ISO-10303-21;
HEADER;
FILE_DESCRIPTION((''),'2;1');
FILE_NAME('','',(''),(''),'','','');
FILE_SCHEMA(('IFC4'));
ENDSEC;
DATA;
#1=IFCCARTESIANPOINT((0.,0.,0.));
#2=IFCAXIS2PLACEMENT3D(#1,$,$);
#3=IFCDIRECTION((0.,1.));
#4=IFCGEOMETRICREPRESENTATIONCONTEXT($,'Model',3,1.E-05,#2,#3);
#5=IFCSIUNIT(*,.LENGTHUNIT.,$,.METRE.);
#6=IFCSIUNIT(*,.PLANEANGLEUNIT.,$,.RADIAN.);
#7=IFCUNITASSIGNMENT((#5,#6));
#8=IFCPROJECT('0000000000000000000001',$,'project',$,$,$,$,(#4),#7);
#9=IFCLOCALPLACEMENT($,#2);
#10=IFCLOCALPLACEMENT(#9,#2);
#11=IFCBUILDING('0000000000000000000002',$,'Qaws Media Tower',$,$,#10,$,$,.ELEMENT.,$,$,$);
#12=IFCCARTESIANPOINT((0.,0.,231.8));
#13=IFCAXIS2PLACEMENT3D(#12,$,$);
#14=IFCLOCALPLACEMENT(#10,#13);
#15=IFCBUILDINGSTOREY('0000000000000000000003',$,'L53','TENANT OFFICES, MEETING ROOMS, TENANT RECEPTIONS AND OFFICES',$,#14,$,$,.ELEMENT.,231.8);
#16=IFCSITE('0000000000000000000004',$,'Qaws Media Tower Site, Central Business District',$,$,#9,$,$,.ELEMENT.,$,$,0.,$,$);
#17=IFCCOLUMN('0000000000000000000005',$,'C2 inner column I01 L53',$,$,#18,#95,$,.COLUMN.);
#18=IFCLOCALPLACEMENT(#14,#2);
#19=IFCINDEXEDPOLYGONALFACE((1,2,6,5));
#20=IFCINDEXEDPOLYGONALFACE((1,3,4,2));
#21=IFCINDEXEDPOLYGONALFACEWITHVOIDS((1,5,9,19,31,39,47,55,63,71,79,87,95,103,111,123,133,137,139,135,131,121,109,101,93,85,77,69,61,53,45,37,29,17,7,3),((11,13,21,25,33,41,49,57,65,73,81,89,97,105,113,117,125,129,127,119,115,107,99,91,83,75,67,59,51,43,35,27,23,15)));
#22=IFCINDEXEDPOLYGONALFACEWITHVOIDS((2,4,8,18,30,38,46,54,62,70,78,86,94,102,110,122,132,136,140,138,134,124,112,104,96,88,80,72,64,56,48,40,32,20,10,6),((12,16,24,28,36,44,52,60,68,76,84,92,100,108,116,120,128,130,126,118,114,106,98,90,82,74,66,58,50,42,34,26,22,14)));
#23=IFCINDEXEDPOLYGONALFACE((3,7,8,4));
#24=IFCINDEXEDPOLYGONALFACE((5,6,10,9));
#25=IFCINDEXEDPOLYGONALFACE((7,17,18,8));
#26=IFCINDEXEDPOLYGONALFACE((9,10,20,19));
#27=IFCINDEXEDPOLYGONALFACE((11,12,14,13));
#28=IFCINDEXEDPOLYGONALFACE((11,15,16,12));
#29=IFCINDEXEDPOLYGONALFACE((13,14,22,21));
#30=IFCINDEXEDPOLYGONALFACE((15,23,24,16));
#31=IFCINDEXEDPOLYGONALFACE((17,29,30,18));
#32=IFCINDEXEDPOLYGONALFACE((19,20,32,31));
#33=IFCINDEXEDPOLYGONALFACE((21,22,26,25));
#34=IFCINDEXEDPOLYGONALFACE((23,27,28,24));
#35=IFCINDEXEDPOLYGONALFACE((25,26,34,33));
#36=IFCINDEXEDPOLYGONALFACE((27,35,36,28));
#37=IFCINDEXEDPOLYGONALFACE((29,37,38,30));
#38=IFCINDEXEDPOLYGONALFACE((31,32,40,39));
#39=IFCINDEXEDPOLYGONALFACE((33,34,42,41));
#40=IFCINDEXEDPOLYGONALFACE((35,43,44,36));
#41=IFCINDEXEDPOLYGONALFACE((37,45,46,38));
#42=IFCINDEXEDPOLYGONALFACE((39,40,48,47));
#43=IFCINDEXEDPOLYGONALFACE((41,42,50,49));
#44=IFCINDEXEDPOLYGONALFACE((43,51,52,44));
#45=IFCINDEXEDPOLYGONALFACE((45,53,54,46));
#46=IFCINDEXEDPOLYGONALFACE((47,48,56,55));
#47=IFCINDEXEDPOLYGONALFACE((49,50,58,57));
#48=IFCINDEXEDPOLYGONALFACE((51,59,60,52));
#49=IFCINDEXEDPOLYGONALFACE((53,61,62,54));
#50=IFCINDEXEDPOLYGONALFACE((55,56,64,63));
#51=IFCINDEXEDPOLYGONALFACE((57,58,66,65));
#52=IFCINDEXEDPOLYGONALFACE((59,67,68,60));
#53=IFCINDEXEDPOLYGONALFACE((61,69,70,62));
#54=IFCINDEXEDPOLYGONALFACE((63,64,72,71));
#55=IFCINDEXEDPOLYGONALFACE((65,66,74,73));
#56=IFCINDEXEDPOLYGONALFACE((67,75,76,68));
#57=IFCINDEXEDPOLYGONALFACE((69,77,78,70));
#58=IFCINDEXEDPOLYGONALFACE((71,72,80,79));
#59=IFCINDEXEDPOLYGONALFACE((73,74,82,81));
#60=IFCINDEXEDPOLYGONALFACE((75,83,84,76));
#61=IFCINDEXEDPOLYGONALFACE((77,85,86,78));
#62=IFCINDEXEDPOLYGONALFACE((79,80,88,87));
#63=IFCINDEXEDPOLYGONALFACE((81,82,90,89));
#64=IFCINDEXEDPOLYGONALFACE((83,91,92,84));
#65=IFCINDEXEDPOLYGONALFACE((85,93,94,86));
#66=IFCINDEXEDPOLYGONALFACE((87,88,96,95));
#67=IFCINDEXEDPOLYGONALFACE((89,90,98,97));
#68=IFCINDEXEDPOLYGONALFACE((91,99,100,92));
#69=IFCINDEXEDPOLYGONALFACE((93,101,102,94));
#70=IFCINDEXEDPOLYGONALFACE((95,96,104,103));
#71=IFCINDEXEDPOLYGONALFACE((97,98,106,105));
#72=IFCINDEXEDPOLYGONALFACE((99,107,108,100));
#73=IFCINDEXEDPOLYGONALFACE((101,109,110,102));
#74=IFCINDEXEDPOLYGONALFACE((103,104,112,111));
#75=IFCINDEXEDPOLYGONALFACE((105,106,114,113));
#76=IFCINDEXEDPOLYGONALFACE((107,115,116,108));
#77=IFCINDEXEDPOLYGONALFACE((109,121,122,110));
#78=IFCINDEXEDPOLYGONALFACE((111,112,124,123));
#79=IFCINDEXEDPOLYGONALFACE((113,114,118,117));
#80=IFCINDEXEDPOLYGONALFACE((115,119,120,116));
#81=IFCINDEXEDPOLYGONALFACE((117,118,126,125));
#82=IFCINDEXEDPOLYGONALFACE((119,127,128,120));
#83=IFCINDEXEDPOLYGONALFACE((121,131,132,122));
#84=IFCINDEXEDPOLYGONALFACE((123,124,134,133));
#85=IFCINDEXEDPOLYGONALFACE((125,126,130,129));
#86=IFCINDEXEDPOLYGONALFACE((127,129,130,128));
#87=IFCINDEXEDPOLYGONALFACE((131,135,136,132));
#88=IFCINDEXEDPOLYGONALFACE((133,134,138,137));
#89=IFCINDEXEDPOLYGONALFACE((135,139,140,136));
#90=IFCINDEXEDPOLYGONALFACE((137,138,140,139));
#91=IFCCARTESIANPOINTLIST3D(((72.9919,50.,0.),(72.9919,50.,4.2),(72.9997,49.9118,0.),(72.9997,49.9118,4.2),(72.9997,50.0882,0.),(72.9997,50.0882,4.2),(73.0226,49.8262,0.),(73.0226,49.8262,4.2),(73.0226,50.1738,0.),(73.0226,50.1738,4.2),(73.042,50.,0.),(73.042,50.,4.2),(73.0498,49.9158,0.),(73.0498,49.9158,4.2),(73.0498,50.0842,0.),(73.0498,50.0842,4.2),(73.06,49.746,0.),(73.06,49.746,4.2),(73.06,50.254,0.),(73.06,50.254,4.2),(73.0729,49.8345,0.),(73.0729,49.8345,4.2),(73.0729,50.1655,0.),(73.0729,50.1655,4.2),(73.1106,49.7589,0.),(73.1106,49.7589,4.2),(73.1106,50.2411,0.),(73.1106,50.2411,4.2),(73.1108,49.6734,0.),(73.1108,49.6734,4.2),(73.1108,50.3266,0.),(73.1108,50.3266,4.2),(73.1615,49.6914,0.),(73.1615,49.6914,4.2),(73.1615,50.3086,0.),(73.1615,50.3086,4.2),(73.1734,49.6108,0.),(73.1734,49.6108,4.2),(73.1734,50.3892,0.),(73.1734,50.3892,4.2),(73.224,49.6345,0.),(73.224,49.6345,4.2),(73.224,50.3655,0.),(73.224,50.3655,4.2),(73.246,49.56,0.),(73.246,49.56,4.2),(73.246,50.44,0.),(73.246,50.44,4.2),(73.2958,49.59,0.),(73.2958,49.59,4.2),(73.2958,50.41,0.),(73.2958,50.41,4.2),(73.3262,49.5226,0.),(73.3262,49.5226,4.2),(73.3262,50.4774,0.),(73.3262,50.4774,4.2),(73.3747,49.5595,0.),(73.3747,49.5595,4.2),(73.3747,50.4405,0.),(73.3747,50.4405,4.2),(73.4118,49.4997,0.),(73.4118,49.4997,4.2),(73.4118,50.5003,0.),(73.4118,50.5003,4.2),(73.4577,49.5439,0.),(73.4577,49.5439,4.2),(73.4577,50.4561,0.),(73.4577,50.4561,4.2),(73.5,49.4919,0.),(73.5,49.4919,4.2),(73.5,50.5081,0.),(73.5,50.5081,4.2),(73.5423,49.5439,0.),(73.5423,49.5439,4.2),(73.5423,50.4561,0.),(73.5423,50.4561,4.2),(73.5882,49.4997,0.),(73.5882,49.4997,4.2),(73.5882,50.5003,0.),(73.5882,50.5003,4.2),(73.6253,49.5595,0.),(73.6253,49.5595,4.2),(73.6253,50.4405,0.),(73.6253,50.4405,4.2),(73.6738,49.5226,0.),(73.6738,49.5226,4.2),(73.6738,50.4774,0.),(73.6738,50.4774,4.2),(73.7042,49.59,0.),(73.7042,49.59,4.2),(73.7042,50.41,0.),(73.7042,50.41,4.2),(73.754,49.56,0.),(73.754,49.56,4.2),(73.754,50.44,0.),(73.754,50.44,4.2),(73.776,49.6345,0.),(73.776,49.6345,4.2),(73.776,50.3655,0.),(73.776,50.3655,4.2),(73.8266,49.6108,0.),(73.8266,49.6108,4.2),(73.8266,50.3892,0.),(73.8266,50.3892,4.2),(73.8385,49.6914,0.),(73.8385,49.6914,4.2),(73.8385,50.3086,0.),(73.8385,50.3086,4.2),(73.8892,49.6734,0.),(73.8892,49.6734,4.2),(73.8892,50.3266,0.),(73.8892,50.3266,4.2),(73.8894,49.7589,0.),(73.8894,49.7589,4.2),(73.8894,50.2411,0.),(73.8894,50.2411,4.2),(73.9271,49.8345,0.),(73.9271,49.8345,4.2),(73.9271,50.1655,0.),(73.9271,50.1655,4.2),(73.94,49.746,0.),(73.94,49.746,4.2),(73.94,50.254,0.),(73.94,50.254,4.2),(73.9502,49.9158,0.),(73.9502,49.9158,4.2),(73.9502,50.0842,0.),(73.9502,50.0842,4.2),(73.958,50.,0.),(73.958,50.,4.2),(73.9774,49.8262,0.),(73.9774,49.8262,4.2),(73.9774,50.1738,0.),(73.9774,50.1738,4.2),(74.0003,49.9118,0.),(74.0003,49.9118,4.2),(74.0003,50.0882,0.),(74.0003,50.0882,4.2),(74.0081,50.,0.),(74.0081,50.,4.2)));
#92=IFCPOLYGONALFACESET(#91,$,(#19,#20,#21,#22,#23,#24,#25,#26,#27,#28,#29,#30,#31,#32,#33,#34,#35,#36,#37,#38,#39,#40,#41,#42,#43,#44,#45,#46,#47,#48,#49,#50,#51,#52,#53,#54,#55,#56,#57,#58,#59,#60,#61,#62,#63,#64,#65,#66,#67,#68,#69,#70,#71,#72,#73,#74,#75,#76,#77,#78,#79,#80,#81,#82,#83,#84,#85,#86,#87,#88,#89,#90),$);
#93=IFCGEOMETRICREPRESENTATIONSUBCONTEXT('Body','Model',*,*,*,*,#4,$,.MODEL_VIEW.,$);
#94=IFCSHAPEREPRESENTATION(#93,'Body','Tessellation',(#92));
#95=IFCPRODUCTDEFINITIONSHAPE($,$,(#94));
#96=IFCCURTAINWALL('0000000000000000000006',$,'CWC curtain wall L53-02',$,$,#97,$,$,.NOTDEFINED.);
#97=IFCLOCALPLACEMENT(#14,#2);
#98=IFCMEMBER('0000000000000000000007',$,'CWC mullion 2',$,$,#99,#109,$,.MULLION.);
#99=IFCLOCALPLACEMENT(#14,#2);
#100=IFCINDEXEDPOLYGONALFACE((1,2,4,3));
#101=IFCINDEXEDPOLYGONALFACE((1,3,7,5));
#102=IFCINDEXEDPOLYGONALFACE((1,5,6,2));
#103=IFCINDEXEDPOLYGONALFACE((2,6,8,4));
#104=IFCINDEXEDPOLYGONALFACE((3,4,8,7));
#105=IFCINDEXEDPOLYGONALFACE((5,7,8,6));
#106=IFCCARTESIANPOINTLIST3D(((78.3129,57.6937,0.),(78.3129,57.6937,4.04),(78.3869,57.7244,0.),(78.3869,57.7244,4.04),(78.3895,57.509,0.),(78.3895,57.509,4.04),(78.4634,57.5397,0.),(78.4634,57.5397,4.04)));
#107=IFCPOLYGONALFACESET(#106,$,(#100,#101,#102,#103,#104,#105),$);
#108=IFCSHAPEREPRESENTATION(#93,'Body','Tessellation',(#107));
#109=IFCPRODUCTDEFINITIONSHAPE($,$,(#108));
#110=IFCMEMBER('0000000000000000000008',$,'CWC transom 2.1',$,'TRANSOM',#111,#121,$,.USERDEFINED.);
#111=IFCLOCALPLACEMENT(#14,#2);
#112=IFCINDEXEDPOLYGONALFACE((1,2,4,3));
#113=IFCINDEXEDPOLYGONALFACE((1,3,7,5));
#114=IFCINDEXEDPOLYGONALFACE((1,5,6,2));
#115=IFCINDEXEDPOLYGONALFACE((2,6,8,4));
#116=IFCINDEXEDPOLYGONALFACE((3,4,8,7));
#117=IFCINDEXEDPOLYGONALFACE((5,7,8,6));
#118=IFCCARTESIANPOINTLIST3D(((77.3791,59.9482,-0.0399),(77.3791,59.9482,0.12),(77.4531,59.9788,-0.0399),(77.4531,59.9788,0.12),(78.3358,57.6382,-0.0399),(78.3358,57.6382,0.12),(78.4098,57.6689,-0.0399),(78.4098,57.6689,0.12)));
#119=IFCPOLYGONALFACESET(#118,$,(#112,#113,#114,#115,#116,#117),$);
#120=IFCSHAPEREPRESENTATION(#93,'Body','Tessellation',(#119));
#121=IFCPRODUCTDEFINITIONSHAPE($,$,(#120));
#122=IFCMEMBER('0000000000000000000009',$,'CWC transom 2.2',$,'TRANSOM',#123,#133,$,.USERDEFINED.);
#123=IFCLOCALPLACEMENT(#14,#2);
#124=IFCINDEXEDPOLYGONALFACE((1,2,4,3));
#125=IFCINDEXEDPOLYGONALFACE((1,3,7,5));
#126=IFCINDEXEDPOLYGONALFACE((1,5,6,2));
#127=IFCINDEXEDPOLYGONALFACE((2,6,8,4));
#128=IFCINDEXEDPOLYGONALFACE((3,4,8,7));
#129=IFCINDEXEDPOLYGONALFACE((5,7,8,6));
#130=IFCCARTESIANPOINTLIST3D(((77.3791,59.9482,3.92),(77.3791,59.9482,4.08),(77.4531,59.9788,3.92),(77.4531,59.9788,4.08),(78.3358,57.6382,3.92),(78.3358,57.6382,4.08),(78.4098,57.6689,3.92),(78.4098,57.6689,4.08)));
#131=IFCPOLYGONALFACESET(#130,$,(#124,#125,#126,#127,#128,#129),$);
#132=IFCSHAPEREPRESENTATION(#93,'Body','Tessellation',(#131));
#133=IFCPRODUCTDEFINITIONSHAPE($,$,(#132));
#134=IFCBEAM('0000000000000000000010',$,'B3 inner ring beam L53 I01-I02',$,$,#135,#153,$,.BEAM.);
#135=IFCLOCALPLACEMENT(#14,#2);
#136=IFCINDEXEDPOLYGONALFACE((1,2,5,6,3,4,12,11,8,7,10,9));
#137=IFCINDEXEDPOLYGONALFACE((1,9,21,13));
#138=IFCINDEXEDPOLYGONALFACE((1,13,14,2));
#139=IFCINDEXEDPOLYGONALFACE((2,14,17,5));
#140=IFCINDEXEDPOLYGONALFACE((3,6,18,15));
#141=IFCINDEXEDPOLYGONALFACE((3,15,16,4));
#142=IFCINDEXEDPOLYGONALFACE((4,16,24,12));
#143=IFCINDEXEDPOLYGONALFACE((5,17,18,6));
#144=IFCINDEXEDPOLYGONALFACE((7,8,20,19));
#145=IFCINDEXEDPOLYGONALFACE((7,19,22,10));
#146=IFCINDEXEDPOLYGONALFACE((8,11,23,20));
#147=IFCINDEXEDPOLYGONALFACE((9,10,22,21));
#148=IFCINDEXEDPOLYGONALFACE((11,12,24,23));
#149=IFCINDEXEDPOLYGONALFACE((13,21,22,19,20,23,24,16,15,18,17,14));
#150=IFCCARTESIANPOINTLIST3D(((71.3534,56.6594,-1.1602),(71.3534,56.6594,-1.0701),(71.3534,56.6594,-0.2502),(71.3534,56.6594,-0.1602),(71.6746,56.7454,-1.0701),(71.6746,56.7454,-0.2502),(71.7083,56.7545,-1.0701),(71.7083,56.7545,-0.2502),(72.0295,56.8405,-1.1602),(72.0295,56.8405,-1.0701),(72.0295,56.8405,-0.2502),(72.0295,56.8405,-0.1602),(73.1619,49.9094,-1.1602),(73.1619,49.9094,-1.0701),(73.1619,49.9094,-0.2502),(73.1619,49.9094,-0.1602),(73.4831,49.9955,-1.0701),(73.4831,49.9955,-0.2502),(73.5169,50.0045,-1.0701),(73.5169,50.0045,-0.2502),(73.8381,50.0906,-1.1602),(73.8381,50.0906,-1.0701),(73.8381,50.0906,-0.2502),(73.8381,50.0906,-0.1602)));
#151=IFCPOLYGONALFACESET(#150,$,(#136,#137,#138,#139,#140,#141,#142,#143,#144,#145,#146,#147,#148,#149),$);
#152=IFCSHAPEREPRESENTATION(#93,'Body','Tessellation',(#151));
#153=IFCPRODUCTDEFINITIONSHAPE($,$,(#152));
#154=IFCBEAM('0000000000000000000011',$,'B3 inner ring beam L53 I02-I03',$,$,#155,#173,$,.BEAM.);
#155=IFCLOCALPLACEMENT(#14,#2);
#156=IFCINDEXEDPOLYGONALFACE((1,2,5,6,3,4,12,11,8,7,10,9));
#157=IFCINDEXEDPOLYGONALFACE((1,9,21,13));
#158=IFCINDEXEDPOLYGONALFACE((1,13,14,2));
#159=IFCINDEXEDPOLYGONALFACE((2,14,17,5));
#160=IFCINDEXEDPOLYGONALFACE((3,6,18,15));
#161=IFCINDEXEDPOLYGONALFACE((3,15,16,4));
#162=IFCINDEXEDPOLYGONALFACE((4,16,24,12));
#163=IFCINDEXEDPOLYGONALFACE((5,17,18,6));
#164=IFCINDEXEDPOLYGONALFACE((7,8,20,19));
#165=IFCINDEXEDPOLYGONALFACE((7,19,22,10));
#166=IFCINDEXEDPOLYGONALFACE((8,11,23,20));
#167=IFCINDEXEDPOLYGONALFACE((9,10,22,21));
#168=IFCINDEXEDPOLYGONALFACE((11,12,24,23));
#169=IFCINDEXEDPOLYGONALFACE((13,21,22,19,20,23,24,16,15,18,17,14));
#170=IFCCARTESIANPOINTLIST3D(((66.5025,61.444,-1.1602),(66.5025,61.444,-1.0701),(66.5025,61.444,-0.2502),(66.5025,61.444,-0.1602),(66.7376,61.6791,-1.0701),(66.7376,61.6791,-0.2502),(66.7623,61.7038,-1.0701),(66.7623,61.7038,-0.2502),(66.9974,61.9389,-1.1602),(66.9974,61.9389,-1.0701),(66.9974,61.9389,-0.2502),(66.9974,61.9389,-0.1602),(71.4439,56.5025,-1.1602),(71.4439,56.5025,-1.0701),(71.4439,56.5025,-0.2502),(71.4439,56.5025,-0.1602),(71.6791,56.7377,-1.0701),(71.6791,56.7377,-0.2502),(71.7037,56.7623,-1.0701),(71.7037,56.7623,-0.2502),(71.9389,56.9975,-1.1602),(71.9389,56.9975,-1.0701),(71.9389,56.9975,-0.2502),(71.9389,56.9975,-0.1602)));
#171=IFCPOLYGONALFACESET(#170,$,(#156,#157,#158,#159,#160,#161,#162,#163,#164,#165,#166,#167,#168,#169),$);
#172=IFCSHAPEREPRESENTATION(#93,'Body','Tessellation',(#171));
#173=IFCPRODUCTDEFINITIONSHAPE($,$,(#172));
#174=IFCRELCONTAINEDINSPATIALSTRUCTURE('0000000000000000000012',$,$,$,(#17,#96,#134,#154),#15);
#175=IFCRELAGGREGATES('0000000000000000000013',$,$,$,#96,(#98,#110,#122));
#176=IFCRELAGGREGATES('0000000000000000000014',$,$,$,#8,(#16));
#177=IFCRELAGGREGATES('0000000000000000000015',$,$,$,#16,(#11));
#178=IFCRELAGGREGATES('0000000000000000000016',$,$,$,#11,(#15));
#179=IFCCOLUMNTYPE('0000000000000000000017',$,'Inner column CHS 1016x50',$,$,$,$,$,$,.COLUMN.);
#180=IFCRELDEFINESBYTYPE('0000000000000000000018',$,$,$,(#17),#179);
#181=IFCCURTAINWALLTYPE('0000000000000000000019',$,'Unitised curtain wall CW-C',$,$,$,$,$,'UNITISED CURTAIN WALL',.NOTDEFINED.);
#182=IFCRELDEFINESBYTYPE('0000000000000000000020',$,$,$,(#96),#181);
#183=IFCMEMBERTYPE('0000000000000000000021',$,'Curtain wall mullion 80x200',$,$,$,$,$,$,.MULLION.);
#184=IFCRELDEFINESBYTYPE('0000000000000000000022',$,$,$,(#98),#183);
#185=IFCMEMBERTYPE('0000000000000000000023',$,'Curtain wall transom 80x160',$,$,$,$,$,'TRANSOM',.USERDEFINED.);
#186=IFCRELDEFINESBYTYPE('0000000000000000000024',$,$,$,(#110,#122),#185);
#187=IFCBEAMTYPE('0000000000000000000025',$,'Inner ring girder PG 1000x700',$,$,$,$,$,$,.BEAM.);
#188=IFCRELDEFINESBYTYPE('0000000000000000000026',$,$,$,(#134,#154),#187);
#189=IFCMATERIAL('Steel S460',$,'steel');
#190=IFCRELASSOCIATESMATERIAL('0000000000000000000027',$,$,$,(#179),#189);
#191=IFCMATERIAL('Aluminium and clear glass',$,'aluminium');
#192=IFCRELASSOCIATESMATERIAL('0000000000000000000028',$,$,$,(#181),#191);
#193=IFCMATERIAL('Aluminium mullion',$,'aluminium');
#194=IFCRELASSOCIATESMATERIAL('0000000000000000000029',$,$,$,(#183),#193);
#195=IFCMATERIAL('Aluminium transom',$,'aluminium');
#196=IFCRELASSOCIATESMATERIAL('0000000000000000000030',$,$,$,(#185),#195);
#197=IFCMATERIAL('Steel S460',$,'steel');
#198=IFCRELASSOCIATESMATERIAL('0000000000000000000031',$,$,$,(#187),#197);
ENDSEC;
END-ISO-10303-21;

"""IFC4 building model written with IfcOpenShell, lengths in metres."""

from ifc_helpers import new_model, si_unit, direction, frame, origin, origin_2d, place, context, subcontext, project, spatial, rectangle, hollow_circle, i_section, extrude, material, material_profile, profile_set, type_object, element, aggregate, save


model = new_model("IFC4")

# Units and contexts
model_context = context("Model", 3, precision=1e-05, world=origin(), true_north=direction((0.0, 1.0)))
body_context = subcontext(model_context, "Body", "Model", "MODEL_VIEW")
ifc_project = project(units=[si_unit("LENGTHUNIT", "METRE"), si_unit("PLANEANGLEUNIT", "RADIAN")], contexts=[model_context])

# Site, building, storey
site_placement = place(None, origin())
site = spatial("IfcSite", under=ifc_project, at=site_placement, Name="Qaws Media Tower Site, Central Business District", CompositionType="ELEMENT", RefElevation=0.0)
building_placement = place(site_placement, origin())
building = spatial("IfcBuilding", under=site, at=building_placement, Name="Qaws Media Tower", CompositionType="ELEMENT")
storey_placement = place(building_placement, frame((0.0, 0.0, 231.8)))
storey = spatial("IfcBuildingStorey", under=building, at=storey_placement, Name="L53", Description="TENANT OFFICES, MEETING ROOMS, TENANT RECEPTIONS AND OFFICES", CompositionType="ELEMENT", Elevation=231.8)

# Column
ifc_material_1 = material(Name="Steel S460", Category="steel")
ifc_material_profile_1 = material_profile(ifc_material_1, hollow_circle(Radius=0.5081, WallThickness=0.05, at=origin_2d()), Name="CHS 1016x50")
ifc_profile_set_1 = profile_set([ifc_material_profile_1], Name="Steel S460")
column_type = type_object("IfcColumnType", Name="Inner column CHS 1016x50", PredefinedType="COLUMN", material=ifc_profile_set_1)
column_placement = place(storey_placement, frame((73.5, 50.0, 0.0), z_axis=(0.0, 0.0, 1.0), x_axis=(1.0, 0.0, 0.0)))
element("IfcColumn", 1, at=column_placement, inside=storey, type_object=column_type, Name="C2 inner column I01 L53", PredefinedType="COLUMN", context=body_context, shape_type="SweptSolid", body=[
    extrude(hollow_circle(Radius=0.5081, WallThickness=0.05, at=origin_2d()), origin(), (0.0, 0.0, 1.0), 4.2),
])

# Curtain wall, members
ifc_material_2 = material(Name="Aluminium and clear glass", Category="aluminium")
curtain_wall_type = type_object("IfcCurtainWallType", Name="Unitised curtain wall CW-C", ElementType="UNITISED CURTAIN WALL", PredefinedType="NOTDEFINED", material=ifc_material_2)
curtain_wall_placement = place(storey_placement, origin())
curtain_wall = element("IfcCurtainWall", 2, at=curtain_wall_placement, inside=storey, type_object=curtain_wall_type, Name="CWC curtain wall L53-02", PredefinedType="NOTDEFINED")
ifc_material_3 = material(Name="Aluminium mullion", Category="aluminium")
ifc_material_profile_2 = material_profile(ifc_material_3, rectangle(XDim=0.0801, YDim=0.2, at=origin_2d()), Name="80x200")
ifc_profile_set_2 = profile_set([ifc_material_profile_2], Name="Aluminium mullion")
member_type_1 = type_object("IfcMemberType", Name="Curtain wall mullion 80x200", PredefinedType="MULLION", material=ifc_profile_set_2)
member_1_placement = place(storey_placement, frame((78.3882, 57.6167, 0.0), z_axis=(0.0, 0.0, 1.0), x_axis=(-0.92388, -0.382683, 0.0)))
member_1 = element("IfcMember", 3, at=member_1_placement, type_object=member_type_1, Name="CWC mullion 2", PredefinedType="MULLION", context=body_context, shape_type="SweptSolid", body=[
    extrude(rectangle(XDim=0.0801, YDim=0.2, at=origin_2d()), origin(), (0.0, 0.0, 1.0), 4.04),
])
ifc_material_4 = material(Name="Aluminium transom", Category="aluminium")
ifc_material_profile_3 = material_profile(ifc_material_4, rectangle(XDim=0.0801, YDim=0.1599, at=origin_2d()), Name="80x160")
ifc_profile_set_3 = profile_set([ifc_material_profile_3], Name="Aluminium transom")
member_type_2 = type_object("IfcMemberType", Name="Curtain wall transom 80x160", ElementType="TRANSOM", PredefinedType="USERDEFINED", material=ifc_profile_set_3)
member_2_placement = place(storey_placement, frame((78.3728, 57.6536, 0.04), z_axis=(-0.382659, 0.923889, 0.0), x_axis=(-0.923889, -0.382659, 0.0)))
member_2 = element("IfcMember", 4, at=member_2_placement, type_object=member_type_2, Name="CWC transom 2.1", ObjectType="TRANSOM", PredefinedType="USERDEFINED", context=body_context, shape_type="SweptSolid", body=[
    extrude(rectangle(XDim=0.0801, YDim=0.1599, at=origin_2d()), origin(), (0.0, 0.0, 1.0), 2.5002),
])
member_3_placement = place(storey_placement, frame((78.3728, 57.6536, 4.0), z_axis=(-0.382659, 0.923889, 0.0), x_axis=(-0.923889, -0.382659, 0.0)))
member_3 = element("IfcMember", 5, at=member_3_placement, type_object=member_type_2, Name="CWC transom 2.2", ObjectType="TRANSOM", PredefinedType="USERDEFINED", context=body_context, shape_type="SweptSolid", body=[
    extrude(rectangle(XDim=0.0801, YDim=0.1599, at=origin_2d()), origin(), (0.0, 0.0, 1.0), 2.5002),
])

# Beams
ifc_material_5 = material(Name="Steel S460", Category="steel")
ifc_material_profile_4 = material_profile(ifc_material_5, i_section(OverallWidth=0.7, OverallDepth=1.0, WebThickness=0.0349, FlangeThickness=0.0901, at=origin_2d()), Name="PG 1000x700")
ifc_profile_set_4 = profile_set([ifc_material_profile_4], Name="Steel S460")
beam_type_1 = type_object("IfcBeamType", Name="Inner ring girder PG 1000x700", PredefinedType="BEAM", material=ifc_profile_set_4)
beam_1_placement = place(storey_placement, frame((73.5, 50.0, -0.6602), z_axis=(-0.258811, 0.965928, 0.0), x_axis=(-0.965928, -0.258811, 0.0)))
element("IfcBeam", 6, at=beam_1_placement, inside=storey, type_object=beam_type_1, Name="B3 inner ring beam L53 I01-I02", PredefinedType="BEAM", context=body_context, shape_type="SweptSolid", body=[
    extrude(i_section(OverallWidth=0.7, OverallDepth=1.0, WebThickness=0.0349, FlangeThickness=0.0901, at=origin_2d()), origin(), (0.0, 0.0, 1.0), 6.988),
])
beam_2_placement = place(storey_placement, frame((71.6914, 56.75, -0.6602), z_axis=(-0.707107, 0.707107, 0.0), x_axis=(-0.707107, -0.707107, 0.0)))
element("IfcBeam", 7, at=beam_2_placement, inside=storey, type_object=beam_type_1, Name="B3 inner ring beam L53 I02-I03", PredefinedType="BEAM", context=body_context, shape_type="SweptSolid", body=[
    extrude(i_section(OverallWidth=0.7, OverallDepth=1.0, WebThickness=0.0349, FlangeThickness=0.0901, at=origin_2d()), origin(), (0.0, 0.0, 1.0), 6.9883),
])

aggregate(curtain_wall, [member_1, member_2, member_3])

save(model, "model.ifc")
